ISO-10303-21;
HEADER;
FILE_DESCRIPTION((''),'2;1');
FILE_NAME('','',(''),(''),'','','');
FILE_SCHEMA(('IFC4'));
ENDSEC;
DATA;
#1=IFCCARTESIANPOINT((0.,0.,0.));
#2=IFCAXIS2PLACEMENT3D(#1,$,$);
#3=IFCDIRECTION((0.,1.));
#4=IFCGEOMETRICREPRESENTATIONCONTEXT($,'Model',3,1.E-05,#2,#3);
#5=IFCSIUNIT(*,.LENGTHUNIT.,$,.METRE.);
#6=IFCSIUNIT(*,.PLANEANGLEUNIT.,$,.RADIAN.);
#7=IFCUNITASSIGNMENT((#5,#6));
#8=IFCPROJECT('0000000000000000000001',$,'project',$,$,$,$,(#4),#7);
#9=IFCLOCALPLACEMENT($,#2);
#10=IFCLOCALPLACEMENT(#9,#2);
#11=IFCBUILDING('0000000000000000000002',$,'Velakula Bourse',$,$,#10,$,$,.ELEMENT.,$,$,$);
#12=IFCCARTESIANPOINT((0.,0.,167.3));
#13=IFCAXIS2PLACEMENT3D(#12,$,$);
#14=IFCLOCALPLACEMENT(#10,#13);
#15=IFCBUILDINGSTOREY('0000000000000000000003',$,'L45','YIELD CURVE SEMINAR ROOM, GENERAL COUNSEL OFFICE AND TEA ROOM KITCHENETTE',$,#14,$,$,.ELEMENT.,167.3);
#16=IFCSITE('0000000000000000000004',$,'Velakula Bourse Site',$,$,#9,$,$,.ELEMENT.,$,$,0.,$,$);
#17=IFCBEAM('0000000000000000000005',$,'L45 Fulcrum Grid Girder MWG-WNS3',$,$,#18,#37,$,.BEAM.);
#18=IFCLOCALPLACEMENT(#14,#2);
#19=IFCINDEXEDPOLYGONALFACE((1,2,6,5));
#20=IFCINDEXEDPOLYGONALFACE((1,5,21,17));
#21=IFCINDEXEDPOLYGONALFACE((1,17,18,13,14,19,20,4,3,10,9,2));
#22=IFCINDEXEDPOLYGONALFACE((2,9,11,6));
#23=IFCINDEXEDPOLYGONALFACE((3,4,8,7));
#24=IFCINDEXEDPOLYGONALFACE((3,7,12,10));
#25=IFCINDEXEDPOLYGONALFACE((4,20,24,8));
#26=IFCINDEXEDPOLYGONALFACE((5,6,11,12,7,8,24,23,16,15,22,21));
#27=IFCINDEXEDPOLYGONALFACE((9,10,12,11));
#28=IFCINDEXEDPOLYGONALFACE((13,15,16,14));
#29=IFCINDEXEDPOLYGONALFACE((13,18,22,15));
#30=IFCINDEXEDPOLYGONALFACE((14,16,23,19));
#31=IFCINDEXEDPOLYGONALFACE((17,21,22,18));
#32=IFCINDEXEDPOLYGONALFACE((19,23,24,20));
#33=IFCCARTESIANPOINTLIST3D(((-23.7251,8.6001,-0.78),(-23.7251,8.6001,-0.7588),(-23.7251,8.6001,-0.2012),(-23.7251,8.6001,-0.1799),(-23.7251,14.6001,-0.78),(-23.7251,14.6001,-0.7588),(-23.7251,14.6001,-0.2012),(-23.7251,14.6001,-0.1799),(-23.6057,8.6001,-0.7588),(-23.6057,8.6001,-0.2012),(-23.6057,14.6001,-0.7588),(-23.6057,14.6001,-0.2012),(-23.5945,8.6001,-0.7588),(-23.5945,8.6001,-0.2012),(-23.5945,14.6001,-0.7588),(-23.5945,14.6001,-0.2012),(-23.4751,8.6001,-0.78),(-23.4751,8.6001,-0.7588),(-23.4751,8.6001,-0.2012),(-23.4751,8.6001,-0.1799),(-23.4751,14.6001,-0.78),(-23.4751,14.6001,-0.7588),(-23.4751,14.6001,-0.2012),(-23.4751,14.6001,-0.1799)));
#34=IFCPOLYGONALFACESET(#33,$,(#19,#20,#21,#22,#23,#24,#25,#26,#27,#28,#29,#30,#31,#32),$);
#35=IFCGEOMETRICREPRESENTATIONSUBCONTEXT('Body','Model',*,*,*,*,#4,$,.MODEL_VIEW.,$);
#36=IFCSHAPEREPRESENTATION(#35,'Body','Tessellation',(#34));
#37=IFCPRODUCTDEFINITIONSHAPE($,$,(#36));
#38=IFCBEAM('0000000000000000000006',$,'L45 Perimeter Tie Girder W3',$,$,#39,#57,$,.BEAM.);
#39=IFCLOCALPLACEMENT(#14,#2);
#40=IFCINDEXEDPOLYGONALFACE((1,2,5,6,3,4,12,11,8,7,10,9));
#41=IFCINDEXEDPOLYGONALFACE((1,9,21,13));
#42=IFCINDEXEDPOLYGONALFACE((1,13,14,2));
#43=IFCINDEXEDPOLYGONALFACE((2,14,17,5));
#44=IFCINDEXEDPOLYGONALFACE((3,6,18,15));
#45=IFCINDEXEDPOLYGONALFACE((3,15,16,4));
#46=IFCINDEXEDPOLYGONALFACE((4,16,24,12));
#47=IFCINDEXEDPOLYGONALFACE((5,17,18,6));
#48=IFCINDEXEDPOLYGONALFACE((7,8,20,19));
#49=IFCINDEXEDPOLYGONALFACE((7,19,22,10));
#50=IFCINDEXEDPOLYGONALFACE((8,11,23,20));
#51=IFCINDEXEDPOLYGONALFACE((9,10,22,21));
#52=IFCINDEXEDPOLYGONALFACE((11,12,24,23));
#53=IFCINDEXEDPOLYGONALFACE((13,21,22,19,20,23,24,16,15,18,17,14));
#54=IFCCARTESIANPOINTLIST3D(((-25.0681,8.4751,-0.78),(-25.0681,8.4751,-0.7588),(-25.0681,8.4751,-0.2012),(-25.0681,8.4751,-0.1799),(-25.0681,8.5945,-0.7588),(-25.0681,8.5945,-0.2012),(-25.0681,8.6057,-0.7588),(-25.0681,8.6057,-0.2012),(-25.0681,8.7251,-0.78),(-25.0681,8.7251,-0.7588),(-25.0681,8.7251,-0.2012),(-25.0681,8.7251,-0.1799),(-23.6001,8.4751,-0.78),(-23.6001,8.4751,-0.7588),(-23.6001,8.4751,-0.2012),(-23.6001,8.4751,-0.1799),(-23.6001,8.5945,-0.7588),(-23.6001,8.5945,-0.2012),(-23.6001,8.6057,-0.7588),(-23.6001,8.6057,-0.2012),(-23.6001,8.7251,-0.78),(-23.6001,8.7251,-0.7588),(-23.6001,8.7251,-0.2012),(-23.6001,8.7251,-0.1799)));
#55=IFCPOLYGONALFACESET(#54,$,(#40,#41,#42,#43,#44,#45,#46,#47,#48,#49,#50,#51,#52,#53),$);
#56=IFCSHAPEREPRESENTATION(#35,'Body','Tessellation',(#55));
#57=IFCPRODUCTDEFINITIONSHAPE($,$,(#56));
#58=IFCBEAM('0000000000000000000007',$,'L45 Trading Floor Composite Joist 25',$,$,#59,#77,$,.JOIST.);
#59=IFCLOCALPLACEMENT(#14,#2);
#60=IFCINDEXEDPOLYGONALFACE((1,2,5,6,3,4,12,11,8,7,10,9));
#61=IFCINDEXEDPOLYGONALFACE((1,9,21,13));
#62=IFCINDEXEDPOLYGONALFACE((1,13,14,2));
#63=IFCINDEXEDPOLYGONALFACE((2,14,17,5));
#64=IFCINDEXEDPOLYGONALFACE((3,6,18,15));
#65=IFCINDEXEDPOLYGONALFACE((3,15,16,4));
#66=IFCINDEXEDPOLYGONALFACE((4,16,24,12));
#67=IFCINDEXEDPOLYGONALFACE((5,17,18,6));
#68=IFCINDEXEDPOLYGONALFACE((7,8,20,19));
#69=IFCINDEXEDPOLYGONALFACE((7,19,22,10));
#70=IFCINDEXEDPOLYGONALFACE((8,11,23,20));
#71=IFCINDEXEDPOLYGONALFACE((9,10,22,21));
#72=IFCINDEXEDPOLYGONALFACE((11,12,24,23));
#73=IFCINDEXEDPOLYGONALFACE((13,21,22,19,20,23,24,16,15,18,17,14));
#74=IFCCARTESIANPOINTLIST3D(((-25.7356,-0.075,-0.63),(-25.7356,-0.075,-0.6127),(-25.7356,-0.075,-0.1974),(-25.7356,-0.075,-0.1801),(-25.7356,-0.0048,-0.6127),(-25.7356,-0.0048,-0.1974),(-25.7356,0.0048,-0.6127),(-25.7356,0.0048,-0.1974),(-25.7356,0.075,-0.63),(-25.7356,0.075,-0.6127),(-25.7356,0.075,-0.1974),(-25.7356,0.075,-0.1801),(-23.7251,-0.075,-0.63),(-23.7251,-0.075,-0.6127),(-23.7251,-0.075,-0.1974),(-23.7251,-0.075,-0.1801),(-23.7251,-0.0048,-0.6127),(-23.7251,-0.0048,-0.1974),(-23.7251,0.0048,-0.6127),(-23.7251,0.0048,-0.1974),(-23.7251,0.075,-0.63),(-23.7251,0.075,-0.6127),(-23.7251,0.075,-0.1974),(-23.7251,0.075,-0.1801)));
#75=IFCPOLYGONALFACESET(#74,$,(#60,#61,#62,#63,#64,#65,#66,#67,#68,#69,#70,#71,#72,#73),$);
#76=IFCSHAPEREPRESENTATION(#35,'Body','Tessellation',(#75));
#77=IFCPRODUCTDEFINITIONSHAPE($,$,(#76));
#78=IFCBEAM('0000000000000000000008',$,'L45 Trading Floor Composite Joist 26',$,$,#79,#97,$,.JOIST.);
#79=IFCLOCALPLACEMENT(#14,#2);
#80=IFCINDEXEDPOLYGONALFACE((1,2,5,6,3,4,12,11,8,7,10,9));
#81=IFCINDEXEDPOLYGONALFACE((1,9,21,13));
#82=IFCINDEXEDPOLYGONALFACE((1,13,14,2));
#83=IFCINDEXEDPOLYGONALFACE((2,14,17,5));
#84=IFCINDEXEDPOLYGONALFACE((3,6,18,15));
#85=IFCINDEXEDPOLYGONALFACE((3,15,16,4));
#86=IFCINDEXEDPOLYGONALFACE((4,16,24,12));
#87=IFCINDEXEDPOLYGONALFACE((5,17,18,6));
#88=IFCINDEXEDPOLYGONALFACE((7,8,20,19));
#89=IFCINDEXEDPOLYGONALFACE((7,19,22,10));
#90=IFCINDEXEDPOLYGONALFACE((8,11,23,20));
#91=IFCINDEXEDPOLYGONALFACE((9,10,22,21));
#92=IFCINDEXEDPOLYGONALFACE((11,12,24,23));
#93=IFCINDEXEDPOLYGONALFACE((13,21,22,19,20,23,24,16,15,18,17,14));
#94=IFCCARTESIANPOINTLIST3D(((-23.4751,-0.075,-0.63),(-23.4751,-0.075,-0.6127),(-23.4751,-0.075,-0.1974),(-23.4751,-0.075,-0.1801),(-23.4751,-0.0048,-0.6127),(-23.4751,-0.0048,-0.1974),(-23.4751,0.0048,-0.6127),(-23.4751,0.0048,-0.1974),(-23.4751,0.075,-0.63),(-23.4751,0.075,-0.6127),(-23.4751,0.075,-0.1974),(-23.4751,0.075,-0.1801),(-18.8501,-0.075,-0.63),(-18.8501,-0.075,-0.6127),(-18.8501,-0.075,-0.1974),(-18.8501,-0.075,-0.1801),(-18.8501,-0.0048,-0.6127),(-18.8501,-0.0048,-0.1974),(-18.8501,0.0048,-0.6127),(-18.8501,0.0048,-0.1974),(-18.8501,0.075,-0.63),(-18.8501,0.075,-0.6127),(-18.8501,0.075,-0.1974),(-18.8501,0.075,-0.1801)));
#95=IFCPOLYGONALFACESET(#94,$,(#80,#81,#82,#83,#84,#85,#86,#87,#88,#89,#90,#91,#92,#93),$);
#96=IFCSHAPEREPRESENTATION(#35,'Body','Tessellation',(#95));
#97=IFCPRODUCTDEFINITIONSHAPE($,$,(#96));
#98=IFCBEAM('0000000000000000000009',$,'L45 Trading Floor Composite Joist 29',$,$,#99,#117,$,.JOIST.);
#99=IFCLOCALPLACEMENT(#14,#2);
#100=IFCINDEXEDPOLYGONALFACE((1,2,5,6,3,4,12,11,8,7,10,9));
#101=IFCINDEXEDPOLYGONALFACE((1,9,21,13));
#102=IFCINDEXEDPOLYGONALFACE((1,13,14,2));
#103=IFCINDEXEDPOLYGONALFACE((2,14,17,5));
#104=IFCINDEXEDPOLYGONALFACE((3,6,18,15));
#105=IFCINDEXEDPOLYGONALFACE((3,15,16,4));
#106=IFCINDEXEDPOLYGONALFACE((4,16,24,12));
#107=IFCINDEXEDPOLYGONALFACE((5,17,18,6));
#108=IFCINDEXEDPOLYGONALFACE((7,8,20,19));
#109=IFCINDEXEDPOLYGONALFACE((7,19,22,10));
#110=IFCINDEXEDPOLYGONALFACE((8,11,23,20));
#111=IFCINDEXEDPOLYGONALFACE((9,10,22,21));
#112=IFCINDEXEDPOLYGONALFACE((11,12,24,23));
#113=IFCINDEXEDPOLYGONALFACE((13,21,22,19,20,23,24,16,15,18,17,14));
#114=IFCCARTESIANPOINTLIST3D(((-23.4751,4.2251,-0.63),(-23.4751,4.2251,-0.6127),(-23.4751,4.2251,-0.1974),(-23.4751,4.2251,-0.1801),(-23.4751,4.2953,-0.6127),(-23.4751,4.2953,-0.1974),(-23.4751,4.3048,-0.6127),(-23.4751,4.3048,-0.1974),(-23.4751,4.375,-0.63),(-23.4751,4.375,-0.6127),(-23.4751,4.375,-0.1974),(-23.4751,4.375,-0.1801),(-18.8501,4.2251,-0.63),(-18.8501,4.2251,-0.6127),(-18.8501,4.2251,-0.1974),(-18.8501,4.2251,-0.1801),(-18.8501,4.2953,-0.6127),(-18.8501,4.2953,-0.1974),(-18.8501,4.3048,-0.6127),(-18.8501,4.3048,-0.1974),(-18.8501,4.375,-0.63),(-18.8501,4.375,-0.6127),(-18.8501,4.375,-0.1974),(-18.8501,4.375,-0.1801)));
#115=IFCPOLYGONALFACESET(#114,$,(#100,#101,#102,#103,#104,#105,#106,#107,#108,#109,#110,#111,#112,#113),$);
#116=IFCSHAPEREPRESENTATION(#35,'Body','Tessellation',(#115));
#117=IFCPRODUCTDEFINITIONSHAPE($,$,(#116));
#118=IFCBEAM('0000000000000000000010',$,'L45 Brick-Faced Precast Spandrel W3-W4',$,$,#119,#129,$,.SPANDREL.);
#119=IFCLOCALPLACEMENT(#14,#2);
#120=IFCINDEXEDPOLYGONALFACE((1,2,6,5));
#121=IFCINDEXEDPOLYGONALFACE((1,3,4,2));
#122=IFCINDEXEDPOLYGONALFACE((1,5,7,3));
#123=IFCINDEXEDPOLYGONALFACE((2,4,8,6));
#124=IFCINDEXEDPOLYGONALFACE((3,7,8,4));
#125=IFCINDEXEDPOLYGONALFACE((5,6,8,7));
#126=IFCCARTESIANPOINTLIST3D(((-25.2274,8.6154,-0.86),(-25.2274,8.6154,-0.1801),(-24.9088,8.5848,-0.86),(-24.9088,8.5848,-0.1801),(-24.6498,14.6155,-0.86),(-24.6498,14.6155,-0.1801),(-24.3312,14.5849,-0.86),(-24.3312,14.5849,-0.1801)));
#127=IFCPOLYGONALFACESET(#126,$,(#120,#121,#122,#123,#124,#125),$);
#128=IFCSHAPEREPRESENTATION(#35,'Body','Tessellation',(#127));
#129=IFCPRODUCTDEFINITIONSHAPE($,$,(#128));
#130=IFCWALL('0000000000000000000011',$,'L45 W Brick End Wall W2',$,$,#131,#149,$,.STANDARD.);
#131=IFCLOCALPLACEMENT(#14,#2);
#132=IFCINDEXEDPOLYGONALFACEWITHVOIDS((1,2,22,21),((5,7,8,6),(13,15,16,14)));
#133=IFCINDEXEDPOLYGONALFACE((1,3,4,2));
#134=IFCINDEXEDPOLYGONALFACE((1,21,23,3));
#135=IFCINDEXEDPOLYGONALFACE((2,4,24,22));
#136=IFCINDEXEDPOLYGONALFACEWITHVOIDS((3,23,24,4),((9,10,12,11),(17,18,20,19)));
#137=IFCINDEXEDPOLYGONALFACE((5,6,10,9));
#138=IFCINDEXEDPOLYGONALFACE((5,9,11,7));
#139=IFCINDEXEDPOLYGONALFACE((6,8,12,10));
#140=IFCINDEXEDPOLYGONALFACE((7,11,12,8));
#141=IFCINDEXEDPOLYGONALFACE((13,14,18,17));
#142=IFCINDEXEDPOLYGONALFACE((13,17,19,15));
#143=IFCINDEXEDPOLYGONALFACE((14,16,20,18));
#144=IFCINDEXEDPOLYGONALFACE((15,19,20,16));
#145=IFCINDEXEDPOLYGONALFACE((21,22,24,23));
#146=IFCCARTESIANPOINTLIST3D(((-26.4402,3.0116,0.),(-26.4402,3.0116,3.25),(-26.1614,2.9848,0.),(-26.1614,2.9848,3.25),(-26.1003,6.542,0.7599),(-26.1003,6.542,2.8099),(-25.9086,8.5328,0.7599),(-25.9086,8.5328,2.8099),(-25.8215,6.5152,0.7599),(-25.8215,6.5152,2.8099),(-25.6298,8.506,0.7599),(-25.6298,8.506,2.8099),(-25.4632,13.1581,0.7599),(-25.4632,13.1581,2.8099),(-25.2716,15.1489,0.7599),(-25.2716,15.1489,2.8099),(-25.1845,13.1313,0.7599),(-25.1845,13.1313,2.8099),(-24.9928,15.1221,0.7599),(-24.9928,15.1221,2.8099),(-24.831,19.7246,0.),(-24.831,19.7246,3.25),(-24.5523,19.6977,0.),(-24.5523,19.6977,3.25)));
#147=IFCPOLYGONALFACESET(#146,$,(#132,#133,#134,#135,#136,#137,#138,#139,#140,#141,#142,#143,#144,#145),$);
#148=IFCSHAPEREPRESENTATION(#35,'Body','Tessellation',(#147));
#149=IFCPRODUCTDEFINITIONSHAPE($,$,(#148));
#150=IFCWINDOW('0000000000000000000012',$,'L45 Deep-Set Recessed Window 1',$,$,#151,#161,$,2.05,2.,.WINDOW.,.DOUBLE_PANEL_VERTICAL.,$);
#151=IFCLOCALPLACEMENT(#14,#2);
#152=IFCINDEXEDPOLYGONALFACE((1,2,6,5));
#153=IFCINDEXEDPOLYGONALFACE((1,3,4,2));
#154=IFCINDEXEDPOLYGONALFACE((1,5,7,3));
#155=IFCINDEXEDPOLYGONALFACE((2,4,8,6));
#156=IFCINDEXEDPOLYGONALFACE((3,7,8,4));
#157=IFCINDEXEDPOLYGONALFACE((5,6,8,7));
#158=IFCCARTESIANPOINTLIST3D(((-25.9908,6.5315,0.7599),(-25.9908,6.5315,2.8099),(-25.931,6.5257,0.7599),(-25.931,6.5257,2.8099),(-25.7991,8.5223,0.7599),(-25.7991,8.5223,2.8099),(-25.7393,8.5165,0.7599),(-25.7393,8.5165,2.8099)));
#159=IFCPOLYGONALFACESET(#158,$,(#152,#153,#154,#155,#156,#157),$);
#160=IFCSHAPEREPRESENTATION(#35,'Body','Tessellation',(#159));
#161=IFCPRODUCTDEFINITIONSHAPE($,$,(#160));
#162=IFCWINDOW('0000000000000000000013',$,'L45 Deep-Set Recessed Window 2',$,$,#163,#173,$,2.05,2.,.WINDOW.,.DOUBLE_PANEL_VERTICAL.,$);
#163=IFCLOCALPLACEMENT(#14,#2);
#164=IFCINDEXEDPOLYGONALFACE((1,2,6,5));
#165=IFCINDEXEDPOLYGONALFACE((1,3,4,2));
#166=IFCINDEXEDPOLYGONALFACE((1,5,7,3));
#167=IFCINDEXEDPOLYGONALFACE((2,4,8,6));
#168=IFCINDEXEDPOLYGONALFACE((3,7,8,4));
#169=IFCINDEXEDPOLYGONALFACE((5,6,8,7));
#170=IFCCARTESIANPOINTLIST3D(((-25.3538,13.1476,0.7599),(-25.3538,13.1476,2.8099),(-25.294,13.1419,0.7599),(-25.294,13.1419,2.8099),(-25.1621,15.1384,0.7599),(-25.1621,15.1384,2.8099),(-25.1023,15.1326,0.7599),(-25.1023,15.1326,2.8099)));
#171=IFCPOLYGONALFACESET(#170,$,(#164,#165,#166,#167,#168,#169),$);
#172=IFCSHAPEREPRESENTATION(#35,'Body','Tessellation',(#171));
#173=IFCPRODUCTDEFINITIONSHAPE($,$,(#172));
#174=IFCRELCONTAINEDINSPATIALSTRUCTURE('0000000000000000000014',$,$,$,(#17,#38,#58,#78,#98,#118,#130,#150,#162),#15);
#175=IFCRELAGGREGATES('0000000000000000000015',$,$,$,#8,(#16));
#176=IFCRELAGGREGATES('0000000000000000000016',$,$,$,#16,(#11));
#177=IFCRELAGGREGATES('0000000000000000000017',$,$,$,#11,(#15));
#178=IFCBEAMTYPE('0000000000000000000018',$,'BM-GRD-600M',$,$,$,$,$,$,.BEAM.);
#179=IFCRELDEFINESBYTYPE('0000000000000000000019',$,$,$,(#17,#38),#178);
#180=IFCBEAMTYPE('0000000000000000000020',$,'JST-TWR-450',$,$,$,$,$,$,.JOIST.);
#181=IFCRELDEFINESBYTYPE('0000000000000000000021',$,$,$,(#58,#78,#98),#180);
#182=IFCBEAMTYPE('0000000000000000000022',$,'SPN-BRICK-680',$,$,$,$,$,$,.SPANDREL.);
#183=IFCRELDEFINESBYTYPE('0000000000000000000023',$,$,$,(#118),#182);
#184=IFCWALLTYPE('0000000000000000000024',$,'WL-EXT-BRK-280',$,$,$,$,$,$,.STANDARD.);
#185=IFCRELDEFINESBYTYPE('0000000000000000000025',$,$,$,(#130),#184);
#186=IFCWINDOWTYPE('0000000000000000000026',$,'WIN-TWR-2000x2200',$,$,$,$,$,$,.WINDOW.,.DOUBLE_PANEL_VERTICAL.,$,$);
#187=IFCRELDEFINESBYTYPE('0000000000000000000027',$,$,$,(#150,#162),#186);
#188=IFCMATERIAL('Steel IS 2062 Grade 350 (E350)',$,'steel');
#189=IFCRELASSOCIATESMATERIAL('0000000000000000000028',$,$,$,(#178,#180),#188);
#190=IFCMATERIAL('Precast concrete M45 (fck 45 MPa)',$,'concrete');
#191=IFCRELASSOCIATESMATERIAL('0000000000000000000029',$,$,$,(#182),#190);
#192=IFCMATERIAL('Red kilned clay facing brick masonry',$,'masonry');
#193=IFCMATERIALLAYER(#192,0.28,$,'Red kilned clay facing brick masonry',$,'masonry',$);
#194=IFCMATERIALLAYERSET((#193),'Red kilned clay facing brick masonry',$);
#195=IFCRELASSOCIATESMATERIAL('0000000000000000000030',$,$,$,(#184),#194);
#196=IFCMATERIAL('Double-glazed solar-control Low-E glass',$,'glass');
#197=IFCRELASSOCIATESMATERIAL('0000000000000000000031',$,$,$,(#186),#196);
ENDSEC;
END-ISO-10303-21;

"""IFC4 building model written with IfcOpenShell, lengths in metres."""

from ifc_helpers import new_model, si_unit, direction, frame, frame_2d, origin, origin_2d, place, context, subcontext, project, spatial, rectangle, i_section, extrude, material, layer, layer_set, material_profile, profile_set, type_object, element, fill, save


model = new_model("IFC4")

# Units and contexts
model_context = context("Model", 3, precision=1e-05, world=origin(), true_north=direction((0.0, 1.0)))
body_context = subcontext(model_context, "Body", "Model", "MODEL_VIEW")
ifc_project = project(units=[si_unit("LENGTHUNIT", "METRE"), si_unit("PLANEANGLEUNIT", "RADIAN")], contexts=[model_context])

# Site, building, storey
site_placement = place(None, origin())
site = spatial("IfcSite", under=ifc_project, at=site_placement, Name="Velakula Bourse Site", CompositionType="ELEMENT", RefElevation=0.0)
building_placement = place(site_placement, origin())
building = spatial("IfcBuilding", under=site, at=building_placement, Name="Velakula Bourse", CompositionType="ELEMENT")
storey_placement = place(building_placement, frame((0.0, 0.0, 167.3)))
storey = spatial("IfcBuildingStorey", under=building, at=storey_placement, Name="L45", Description="YIELD CURVE SEMINAR ROOM, GENERAL COUNSEL OFFICE AND TEA ROOM KITCHENETTE", CompositionType="ELEMENT", Elevation=167.3)

# Shared definitions
ifc_material_1 = material(Name="Steel IS 2062 Grade 350 (E350)", Category="steel")

# Beams
ifc_material_profile_1 = material_profile(ifc_material_1, i_section(OverallWidth=0.25, OverallDepth=0.6001, WebThickness=0.0112, FlangeThickness=0.0212, at=origin_2d()), Name="Steel IS 2062 Grade 350 (E350)")
ifc_profile_set_1 = profile_set([ifc_material_profile_1], Name="Steel IS 2062 Grade 350 (E350)")
beam_type_1 = type_object("IfcBeamType", Name="BM-GRD-600M", PredefinedType="BEAM", material=ifc_profile_set_1)
beam_1_placement = place(storey_placement, frame((-23.6001, 8.6001, -0.48), z_axis=(0.0, 1.0, 0.0), x_axis=(-1.0, 0.0, 0.0)))
element("IfcBeam", 1, at=beam_1_placement, inside=storey, type_object=beam_type_1, Name="L45 Fulcrum Grid Girder MWG-WNS3", PredefinedType="BEAM", context=body_context, shape_type="SweptSolid", body=[
    extrude(i_section(OverallWidth=0.25, OverallDepth=0.6001, WebThickness=0.0112, FlangeThickness=0.0212, at=origin_2d()), origin(), (0.0, 0.0, 1.0), 6.0),
])
beam_2_placement = place(storey_placement, frame((-23.6001, 8.6001, -0.48), z_axis=(-1.0, 0.0, 0.0), x_axis=(0.0, -1.0, 0.0)))
element("IfcBeam", 2, at=beam_2_placement, inside=storey, type_object=beam_type_1, Name="L45 Perimeter Tie Girder W3", PredefinedType="BEAM", context=body_context, shape_type="SweptSolid", body=[
    extrude(i_section(OverallWidth=0.25, OverallDepth=0.6001, WebThickness=0.0112, FlangeThickness=0.0212, at=origin_2d()), origin(), (0.0, 0.0, 1.0), 1.468),
])
ifc_material_profile_2 = material_profile(ifc_material_1, i_section(OverallWidth=0.1499, OverallDepth=0.45, WebThickness=0.0095, FlangeThickness=0.0173, at=origin_2d()), Name="Steel IS 2062 Grade 350 (E350)")
ifc_profile_set_2 = profile_set([ifc_material_profile_2], Name="Steel IS 2062 Grade 350 (E350)")
beam_type_2 = type_object("IfcBeamType", Name="JST-TWR-450", PredefinedType="JOIST", material=ifc_profile_set_2)
beam_3_placement = place(storey_placement, frame((-25.7356, 0.0, -0.405), z_axis=(1.0, 0.0, 0.0), x_axis=(0.0, 1.0, 0.0)))
element("IfcBeam", 3, at=beam_3_placement, inside=storey, type_object=beam_type_2, Name="L45 Trading Floor Composite Joist 25", PredefinedType="JOIST", context=body_context, shape_type="SweptSolid", body=[
    extrude(i_section(OverallWidth=0.1499, OverallDepth=0.45, WebThickness=0.0095, FlangeThickness=0.0173, at=origin_2d()), origin(), (0.0, 0.0, 1.0), 2.0105),
])
for number, where, z_axis, x_axis, name in (
    (4, (-23.4751, 0.0, -0.405), (1.0, 0.0, 0.0), (0.0, 1.0, 0.0), "L45 Trading Floor Composite Joist 26"),
    (5, (-23.4751, 4.3, -0.405), (1.0, 0.0, 0.0), (0.0, 1.0, 0.0), "L45 Trading Floor Composite Joist 29"),
):
    element("IfcBeam", number, at=place(storey_placement, frame(where, z_axis=z_axis, x_axis=x_axis)), inside=storey, type_object=beam_type_2, Name=name, PredefinedType="JOIST", context=body_context, shape_type="SweptSolid", body=[
        extrude(i_section(OverallWidth=0.1499, OverallDepth=0.45, WebThickness=0.0095, FlangeThickness=0.0173, at=origin_2d()), origin(), (0.0, 0.0, 1.0), 4.625),
    ])
ifc_material_2 = material(Name="Precast concrete M45 (fck 45 MPa)", Category="concrete")
ifc_material_profile_3 = material_profile(ifc_material_2, rectangle(XDim=0.3201, YDim=0.6799, at=origin_2d()), Name="Precast concrete M45 (fck 45 MPa)")
ifc_profile_set_3 = profile_set([ifc_material_profile_3], Name="Precast concrete M45 (fck 45 MPa)")
beam_type_3 = type_object("IfcBeamType", Name="SPN-BRICK-680", PredefinedType="SPANDREL", material=ifc_profile_set_3)
beam_4_placement = place(storey_placement, frame((-25.0681, 8.6001, -0.52), z_axis=(0.09583, 0.995398, 0.0), x_axis=(-0.995398, 0.09583, 0.0)))
element("IfcBeam", 6, at=beam_4_placement, inside=storey, type_object=beam_type_3, Name="L45 Brick-Faced Precast Spandrel W3-W4", PredefinedType="SPANDREL", context=body_context, shape_type="SweptSolid", body=[
    extrude(rectangle(XDim=0.3201, YDim=0.6799, at=origin_2d()), origin(), (0.0, 0.0, 1.0), 6.0278),
])

# Wall, openings, windows
ifc_material_3 = material(Name="Red kilned clay facing brick masonry", Category="masonry")
ifc_layer_1 = layer(ifc_material_3, 0.28, Name="Red kilned clay facing brick masonry", Category="masonry")
ifc_layer_set_1 = layer_set([ifc_layer_1], Name="Red kilned clay facing brick masonry")
wall_type_1 = type_object("IfcWallType", Name="WL-EXT-BRK-280", PredefinedType="STANDARD", material=ifc_layer_set_1)
wall_1_placement = place(storey_placement, frame((-26.3008, 2.9983, 0.0), z_axis=(0.0, 0.0, 1.0), x_axis=(0.095838, 0.995397, 0.0)))
wall_1 = element("IfcWall", 7, at=wall_1_placement, inside=storey, type_object=wall_type_1, Name="L45 W Brick End Wall W2", PredefinedType="STANDARD", context=body_context, shape_type="SweptSolid", body=[
    extrude(rectangle(XDim=16.7903, YDim=0.28, at=frame_2d((8.395, 0.0))), origin(), (0.0, 0.0, 1.0), 3.25),
])
opening_1_placement = place(wall_1_placement, frame((3.5466, 0.0, 0.76)))
opening_1 = element("IfcOpeningElement", 8, at=opening_1_placement, cuts=wall_1, PredefinedType="OPENING", context=body_context, shape_type="SweptSolid", body=[
    extrude(rectangle(XDim=2.0, YDim=2.05, at=frame_2d((1.0, 1.0249))), frame((0.0, 0.1499, 0.0), z_axis=(0.0, -1.0, 0.0), x_axis=(1.0, 0.0, 0.0)), (0.0, 0.0, 1.0), 0.3),
])
opening_2_placement = place(wall_1_placement, frame((10.1934, 0.0, 0.76)))
opening_2 = element("IfcOpeningElement", 9, at=opening_2_placement, cuts=wall_1, PredefinedType="OPENING", context=body_context, shape_type="SweptSolid", body=[
    extrude(rectangle(XDim=2.0, YDim=2.05, at=frame_2d((1.0, 1.0249))), frame((0.0, 0.1499, 0.0), z_axis=(0.0, -1.0, 0.0), x_axis=(1.0, 0.0, 0.0)), (0.0, 0.0, 1.0), 0.3),
])
ifc_material_4 = material(Name="Double-glazed solar-control Low-E glass", Category="glass")
window_type = type_object("IfcWindowType", Name="WIN-TWR-2000x2200", PartitioningType="DOUBLE_PANEL_VERTICAL", PredefinedType="WINDOW", material=ifc_material_4)
window_1_placement = place(opening_1_placement, origin())
window_1 = element("IfcWindow", 10, at=window_1_placement, inside=storey, type_object=window_type, Name="L45 Deep-Set Recessed Window 1", OverallHeight=2.05, OverallWidth=2.0, PartitioningType="DOUBLE_PANEL_VERTICAL", PredefinedType="WINDOW", context=body_context, shape_type="SweptSolid", body=[
    extrude(rectangle(XDim=2.0, YDim=2.05, at=frame_2d((1.0, 1.0249))), frame((0.0, 0.03, 0.0), z_axis=(0.0, -1.0, 0.0), x_axis=(1.0, 0.0, 0.0)), (0.0, 0.0, 1.0), 0.0601),
])
fill(opening_1, window_1)
window_2_placement = place(opening_2_placement, origin())
window_2 = element("IfcWindow", 11, at=window_2_placement, inside=storey, type_object=window_type, Name="L45 Deep-Set Recessed Window 2", OverallHeight=2.05, OverallWidth=2.0, PartitioningType="DOUBLE_PANEL_VERTICAL", PredefinedType="WINDOW", context=body_context, shape_type="SweptSolid", body=[
    extrude(rectangle(XDim=2.0, YDim=2.05, at=frame_2d((1.0, 1.0249))), frame((0.0, 0.03, 0.0), z_axis=(0.0, -1.0, 0.0), x_axis=(1.0, 0.0, 0.0)), (0.0, 0.0, 1.0), 0.0601),
])
fill(opening_2, window_2)

save(model, "model.ifc")
